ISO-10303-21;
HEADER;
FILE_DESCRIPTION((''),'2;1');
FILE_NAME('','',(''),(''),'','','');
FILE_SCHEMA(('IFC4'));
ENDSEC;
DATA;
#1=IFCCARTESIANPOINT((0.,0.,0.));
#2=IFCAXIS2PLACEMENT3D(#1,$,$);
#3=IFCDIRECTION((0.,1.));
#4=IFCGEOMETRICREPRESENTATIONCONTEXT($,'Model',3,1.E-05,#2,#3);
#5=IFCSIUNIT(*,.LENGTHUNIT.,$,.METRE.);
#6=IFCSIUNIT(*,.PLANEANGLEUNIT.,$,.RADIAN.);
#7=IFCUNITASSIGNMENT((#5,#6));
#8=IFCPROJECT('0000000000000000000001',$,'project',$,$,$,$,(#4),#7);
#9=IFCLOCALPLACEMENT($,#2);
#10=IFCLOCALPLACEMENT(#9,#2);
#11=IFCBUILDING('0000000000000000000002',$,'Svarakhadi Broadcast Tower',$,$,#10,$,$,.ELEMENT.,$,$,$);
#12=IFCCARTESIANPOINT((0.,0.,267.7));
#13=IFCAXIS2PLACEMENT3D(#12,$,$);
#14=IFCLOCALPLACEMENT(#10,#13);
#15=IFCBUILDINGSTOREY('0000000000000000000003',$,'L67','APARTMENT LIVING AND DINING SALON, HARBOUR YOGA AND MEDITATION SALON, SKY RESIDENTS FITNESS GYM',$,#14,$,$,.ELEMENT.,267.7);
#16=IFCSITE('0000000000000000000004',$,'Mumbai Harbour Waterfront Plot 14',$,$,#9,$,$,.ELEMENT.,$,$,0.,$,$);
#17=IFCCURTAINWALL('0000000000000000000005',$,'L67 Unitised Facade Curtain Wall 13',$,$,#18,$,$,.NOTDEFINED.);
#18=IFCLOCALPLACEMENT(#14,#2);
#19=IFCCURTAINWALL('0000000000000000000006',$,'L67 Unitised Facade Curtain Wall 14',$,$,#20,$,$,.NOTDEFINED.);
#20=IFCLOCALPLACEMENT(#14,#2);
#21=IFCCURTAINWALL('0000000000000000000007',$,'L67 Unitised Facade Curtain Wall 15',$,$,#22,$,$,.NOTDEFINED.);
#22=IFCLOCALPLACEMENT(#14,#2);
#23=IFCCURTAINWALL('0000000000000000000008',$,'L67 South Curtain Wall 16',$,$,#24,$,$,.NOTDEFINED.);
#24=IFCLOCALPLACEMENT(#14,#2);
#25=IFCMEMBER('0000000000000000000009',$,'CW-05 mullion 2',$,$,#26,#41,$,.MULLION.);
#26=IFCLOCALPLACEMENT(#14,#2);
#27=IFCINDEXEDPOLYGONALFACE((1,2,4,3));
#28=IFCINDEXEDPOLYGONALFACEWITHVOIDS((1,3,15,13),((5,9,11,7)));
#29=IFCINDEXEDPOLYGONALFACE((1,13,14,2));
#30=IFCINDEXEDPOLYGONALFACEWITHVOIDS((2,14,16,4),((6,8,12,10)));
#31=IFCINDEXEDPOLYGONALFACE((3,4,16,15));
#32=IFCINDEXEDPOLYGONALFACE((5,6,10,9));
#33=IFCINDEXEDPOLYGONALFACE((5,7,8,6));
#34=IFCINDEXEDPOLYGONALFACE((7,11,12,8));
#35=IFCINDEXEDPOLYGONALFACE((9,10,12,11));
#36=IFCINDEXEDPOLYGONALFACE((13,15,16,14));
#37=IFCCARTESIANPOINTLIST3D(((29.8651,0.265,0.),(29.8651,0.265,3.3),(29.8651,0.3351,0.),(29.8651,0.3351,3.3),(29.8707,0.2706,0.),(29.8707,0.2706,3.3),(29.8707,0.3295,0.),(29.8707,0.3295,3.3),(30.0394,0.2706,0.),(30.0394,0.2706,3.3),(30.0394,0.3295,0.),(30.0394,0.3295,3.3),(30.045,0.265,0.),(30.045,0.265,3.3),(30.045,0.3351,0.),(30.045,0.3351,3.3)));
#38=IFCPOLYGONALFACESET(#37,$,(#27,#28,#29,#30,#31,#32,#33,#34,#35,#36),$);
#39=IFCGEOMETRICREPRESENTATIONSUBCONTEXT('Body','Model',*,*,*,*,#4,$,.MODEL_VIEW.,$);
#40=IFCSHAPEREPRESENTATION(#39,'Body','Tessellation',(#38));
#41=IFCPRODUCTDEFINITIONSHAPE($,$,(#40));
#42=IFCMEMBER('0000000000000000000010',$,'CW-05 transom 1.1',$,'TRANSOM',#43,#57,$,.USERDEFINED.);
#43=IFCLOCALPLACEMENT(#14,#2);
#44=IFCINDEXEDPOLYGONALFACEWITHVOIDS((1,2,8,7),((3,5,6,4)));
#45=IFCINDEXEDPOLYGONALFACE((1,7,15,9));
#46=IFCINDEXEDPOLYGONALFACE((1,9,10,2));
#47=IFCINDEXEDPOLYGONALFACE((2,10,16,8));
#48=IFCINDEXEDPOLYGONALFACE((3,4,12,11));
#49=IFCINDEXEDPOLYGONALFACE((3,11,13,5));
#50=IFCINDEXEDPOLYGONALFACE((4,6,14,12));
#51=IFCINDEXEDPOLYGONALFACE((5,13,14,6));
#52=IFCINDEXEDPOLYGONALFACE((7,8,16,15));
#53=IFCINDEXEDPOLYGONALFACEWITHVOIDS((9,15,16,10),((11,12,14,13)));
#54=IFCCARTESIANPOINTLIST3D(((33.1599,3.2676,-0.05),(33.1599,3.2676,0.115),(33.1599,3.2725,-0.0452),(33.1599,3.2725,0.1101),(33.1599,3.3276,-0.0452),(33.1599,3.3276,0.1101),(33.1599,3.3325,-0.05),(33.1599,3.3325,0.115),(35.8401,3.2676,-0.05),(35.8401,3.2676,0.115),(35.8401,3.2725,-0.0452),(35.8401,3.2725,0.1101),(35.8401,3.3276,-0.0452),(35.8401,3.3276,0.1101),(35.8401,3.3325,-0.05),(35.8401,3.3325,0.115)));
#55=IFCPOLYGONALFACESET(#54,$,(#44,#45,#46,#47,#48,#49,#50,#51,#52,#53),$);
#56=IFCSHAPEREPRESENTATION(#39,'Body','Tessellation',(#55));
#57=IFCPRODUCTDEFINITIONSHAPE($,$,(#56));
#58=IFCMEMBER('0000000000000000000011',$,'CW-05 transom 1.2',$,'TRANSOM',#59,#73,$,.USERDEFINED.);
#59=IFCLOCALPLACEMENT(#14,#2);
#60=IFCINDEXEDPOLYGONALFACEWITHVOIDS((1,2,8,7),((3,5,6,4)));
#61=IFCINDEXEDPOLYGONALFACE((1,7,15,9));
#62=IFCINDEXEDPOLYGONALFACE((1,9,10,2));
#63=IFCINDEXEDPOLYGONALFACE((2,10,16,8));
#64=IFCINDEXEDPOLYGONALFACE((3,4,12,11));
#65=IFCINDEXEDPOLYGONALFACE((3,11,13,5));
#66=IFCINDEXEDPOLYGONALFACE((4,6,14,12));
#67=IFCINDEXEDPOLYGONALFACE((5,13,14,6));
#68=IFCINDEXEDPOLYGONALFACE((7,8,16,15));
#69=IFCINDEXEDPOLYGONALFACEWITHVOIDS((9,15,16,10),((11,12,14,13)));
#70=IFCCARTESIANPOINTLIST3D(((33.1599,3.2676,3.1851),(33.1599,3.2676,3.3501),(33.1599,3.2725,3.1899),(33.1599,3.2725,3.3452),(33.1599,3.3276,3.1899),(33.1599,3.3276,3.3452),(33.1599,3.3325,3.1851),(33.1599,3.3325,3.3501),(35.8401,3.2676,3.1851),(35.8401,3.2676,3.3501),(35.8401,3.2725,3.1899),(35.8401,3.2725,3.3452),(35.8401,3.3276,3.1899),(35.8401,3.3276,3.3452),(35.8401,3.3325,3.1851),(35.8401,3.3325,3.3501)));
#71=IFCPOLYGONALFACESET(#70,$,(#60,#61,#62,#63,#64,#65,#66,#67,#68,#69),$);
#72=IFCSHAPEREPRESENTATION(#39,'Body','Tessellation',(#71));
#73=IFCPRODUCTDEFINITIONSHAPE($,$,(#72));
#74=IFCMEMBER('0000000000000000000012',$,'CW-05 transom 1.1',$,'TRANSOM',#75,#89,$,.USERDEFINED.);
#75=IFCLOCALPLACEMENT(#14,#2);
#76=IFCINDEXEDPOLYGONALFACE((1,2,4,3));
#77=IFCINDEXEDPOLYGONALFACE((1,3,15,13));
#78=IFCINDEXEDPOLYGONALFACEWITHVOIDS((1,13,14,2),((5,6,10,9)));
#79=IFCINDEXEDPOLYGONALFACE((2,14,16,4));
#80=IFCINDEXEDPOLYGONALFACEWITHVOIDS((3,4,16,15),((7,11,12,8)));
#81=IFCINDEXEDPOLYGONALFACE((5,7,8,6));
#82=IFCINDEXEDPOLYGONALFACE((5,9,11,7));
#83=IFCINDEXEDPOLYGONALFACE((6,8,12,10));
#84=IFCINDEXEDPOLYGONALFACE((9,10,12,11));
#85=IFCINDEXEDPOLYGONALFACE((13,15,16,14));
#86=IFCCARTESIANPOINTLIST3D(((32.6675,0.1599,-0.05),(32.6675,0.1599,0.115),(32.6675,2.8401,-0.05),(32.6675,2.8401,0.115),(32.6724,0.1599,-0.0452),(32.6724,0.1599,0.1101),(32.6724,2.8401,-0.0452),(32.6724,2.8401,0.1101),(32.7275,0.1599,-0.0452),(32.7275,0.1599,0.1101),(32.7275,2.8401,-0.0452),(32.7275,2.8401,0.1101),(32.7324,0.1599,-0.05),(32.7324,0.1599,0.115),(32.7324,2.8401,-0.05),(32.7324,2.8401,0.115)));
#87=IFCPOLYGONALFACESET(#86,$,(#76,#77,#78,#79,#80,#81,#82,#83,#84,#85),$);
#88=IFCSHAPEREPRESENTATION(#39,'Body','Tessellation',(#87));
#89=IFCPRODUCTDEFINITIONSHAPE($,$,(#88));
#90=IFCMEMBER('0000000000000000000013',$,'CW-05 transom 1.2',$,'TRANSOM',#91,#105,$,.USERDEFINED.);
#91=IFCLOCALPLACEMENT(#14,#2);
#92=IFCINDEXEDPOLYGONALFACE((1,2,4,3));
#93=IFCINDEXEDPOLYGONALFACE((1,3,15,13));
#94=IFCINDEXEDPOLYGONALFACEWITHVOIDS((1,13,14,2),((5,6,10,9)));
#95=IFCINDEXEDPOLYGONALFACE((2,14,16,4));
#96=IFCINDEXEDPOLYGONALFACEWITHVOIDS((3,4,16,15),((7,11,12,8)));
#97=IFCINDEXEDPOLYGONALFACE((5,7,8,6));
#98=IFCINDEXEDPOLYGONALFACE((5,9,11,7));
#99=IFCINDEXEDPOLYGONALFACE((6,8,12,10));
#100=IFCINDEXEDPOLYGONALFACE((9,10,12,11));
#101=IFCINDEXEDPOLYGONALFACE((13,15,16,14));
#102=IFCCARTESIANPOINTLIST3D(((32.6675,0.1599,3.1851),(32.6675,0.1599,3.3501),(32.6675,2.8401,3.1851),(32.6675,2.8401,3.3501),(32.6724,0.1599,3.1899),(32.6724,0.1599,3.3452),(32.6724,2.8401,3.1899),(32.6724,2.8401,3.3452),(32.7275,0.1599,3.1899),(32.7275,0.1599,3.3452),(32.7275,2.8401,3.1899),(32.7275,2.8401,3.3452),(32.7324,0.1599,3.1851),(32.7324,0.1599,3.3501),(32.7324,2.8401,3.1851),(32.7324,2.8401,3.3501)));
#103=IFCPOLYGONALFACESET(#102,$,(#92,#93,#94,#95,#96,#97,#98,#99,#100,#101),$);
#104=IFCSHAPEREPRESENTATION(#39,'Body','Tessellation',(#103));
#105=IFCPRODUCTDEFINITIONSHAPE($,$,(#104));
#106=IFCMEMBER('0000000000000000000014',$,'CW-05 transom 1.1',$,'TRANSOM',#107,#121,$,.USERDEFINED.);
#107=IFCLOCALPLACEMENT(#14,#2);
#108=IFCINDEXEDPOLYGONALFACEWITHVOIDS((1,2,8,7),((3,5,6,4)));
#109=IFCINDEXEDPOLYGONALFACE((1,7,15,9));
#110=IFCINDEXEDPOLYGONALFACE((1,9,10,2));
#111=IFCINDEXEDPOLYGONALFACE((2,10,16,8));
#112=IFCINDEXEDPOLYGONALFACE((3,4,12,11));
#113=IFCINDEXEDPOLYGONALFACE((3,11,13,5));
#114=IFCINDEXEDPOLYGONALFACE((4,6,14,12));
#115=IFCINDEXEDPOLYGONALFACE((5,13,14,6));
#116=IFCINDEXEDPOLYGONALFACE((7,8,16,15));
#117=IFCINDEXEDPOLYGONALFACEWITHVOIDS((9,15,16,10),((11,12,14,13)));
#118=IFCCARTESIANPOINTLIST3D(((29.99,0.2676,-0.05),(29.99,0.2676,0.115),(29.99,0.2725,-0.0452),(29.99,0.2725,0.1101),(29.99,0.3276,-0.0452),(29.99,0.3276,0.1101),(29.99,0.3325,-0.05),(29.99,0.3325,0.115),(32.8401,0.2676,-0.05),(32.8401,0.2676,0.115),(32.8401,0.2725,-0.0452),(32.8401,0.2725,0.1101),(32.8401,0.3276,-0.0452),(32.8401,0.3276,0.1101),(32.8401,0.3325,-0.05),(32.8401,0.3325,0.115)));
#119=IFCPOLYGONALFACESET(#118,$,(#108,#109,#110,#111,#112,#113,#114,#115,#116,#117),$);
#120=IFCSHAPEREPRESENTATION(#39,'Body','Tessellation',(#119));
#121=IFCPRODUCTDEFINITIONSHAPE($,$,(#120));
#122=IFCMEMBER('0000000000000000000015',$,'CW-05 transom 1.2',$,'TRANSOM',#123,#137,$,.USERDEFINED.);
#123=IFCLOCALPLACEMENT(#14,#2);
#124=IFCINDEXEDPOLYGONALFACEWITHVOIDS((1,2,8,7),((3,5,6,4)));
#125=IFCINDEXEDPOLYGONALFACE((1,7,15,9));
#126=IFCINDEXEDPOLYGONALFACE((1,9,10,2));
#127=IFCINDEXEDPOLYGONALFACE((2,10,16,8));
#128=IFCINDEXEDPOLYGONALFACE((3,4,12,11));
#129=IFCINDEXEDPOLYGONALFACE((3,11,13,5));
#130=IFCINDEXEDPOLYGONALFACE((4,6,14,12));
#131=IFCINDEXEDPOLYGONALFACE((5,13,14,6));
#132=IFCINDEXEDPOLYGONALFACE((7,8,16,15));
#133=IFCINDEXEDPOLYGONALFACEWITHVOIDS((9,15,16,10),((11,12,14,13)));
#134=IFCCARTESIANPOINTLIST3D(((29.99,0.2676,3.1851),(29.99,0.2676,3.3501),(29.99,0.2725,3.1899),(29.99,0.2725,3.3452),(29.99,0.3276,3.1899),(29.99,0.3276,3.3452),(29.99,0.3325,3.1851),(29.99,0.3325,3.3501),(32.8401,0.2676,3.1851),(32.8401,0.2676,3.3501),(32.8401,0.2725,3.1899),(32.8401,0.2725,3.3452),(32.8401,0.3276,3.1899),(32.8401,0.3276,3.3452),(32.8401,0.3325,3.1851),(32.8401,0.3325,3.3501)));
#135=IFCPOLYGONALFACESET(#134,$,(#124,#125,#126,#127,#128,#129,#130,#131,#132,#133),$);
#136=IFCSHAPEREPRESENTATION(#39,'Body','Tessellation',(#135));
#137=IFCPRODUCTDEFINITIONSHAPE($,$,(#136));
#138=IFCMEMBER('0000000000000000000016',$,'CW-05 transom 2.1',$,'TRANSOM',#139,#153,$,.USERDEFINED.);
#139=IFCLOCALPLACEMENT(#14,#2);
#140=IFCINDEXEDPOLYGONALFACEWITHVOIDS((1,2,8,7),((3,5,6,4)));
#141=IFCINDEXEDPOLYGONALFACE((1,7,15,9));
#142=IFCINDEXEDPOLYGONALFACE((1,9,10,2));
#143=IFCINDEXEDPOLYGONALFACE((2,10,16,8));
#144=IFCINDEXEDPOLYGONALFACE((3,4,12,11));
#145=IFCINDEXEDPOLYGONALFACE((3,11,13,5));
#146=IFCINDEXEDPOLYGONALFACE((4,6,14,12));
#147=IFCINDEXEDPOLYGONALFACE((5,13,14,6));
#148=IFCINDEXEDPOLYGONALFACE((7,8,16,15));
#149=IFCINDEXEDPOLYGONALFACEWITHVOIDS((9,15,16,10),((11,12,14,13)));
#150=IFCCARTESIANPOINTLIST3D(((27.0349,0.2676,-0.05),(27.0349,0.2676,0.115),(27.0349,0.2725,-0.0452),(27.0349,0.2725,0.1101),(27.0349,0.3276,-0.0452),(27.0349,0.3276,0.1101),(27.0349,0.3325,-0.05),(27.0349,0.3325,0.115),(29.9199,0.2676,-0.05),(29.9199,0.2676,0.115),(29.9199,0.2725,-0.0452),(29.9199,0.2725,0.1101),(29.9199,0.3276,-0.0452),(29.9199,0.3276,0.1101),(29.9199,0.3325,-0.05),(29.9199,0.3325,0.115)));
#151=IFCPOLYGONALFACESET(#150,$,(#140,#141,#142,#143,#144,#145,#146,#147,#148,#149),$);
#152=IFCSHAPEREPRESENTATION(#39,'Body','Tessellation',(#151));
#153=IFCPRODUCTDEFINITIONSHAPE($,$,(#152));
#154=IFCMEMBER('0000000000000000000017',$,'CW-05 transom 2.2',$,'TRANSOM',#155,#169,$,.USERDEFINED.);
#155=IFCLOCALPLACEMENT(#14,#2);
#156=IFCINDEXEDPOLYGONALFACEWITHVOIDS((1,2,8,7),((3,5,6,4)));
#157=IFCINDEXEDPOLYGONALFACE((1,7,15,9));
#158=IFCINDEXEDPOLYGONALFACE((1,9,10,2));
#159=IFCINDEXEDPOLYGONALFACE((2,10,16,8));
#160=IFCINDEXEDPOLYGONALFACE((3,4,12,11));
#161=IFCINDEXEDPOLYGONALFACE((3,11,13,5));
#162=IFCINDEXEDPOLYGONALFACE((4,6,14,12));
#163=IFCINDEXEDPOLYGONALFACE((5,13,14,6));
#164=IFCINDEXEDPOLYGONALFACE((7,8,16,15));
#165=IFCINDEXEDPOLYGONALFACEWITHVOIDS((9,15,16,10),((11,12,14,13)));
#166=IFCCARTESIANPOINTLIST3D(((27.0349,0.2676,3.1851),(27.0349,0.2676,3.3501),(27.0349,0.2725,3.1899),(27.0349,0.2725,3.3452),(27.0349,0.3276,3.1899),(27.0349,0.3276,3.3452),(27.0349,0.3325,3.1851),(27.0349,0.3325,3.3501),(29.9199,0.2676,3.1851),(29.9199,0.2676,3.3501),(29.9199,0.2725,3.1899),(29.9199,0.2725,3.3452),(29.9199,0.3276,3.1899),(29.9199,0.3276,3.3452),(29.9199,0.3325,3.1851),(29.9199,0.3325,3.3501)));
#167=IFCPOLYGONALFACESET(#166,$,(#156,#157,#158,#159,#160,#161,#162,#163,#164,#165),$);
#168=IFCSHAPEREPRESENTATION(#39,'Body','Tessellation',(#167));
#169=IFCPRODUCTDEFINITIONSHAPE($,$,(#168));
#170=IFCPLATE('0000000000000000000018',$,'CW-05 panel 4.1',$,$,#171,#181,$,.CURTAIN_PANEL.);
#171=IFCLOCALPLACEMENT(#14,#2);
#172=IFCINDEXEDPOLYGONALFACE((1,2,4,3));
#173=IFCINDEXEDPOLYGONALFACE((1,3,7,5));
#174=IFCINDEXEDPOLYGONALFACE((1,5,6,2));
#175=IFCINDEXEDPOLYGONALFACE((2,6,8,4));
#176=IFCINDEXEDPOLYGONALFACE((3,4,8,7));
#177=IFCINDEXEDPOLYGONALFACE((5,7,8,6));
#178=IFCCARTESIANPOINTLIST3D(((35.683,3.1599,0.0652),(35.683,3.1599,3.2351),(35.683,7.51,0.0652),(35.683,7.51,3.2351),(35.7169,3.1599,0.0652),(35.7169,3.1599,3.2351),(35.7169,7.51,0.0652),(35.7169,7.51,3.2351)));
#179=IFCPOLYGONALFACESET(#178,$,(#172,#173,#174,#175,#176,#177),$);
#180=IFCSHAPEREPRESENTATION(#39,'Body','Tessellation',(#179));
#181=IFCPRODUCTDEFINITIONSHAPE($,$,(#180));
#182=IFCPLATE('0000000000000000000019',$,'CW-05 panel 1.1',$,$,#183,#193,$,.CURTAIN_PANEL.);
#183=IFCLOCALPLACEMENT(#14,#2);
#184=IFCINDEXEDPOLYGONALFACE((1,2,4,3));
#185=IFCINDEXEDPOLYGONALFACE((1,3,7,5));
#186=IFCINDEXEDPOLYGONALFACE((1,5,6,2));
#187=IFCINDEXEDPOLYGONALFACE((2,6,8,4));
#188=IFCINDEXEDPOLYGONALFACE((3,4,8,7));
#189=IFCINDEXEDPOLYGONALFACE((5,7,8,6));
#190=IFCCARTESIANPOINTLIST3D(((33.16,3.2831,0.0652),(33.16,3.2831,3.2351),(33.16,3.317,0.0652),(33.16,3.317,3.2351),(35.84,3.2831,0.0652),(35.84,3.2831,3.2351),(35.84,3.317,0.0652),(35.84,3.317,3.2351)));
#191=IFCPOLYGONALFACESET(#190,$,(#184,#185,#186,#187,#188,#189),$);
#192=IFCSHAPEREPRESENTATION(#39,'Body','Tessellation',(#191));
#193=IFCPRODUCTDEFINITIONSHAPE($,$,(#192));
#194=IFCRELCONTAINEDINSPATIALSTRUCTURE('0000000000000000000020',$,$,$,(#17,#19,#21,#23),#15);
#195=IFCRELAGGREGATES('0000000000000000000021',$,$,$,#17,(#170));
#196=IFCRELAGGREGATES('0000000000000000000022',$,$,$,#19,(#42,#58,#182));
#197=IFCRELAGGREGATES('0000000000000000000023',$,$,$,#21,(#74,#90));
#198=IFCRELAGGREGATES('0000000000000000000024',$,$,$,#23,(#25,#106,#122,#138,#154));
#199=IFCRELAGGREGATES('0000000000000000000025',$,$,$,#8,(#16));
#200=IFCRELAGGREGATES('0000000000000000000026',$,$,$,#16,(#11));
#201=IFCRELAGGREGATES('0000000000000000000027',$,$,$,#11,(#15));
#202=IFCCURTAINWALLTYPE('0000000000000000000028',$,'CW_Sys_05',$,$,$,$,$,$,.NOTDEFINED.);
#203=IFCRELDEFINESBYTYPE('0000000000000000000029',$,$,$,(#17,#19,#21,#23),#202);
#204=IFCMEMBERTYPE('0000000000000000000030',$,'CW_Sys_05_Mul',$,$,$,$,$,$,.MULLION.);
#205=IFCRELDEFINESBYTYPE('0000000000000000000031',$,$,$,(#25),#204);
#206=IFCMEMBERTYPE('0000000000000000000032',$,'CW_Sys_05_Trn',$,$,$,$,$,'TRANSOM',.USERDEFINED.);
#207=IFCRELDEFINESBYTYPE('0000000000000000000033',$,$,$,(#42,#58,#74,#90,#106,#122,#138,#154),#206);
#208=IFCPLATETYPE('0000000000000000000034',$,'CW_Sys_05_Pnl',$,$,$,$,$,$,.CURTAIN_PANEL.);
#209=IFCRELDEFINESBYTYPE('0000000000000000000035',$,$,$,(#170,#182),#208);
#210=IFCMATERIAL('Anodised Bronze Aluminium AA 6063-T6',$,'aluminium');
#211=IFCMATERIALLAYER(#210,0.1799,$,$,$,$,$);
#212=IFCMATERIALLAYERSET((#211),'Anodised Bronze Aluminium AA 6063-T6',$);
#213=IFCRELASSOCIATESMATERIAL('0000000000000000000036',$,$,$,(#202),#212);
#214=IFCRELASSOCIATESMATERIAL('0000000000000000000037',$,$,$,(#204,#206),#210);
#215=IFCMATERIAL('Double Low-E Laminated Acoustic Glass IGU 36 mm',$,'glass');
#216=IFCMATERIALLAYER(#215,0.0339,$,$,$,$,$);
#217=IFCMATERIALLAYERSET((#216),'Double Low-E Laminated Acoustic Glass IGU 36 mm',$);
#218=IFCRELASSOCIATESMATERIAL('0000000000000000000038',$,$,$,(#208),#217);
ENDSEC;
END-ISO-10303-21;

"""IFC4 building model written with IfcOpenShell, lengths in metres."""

from ifc_helpers import new_model, si_unit, direction, frame, origin, origin_2d, place, context, subcontext, project, spatial, rectangle, hollow_rectangle, extrude, material, layer, layer_set, material_profile, profile_set, type_object, element, aggregate, save


model = new_model("IFC4")

# Units and contexts
model_context = context("Model", 3, precision=1e-05, world=origin(), true_north=direction((0.0, 1.0)))
body_context = subcontext(model_context, "Body", "Model", "MODEL_VIEW")
ifc_project = project(units=[si_unit("LENGTHUNIT", "METRE"), si_unit("PLANEANGLEUNIT", "RADIAN")], contexts=[model_context])

# Site, building, storey
site_placement = place(None, origin())
site = spatial("IfcSite", under=ifc_project, at=site_placement, Name="Mumbai Harbour Waterfront Plot 14", CompositionType="ELEMENT", RefElevation=0.0)
building_placement = place(site_placement, origin())
building = spatial("IfcBuilding", under=site, at=building_placement, Name="Svarakhadi Broadcast Tower", CompositionType="ELEMENT")
storey_placement = place(building_placement, frame((0.0, 0.0, 267.7)))
storey = spatial("IfcBuildingStorey", under=building, at=storey_placement, Name="L67", Description="APARTMENT LIVING AND DINING SALON, HARBOUR YOGA AND MEDITATION SALON, SKY RESIDENTS FITNESS GYM", CompositionType="ELEMENT", Elevation=267.7)

# Curtain wall
ifc_material_1 = material(Name="Anodised Bronze Aluminium AA 6063-T6", Category="aluminium")
ifc_layer_1 = layer(ifc_material_1, 0.1799)
ifc_layer_set_1 = layer_set([ifc_layer_1], Name="Anodised Bronze Aluminium AA 6063-T6")
curtain_wall_type = type_object("IfcCurtainWallType", Name="CW_Sys_05", PredefinedType="NOTDEFINED", material=ifc_layer_set_1)
curtain_wall_1_placement = place(storey_placement, origin())
curtain_wall_1 = element("IfcCurtainWall", 1, at=curtain_wall_1_placement, inside=storey, type_object=curtain_wall_type, Name="L67 Unitised Facade Curtain Wall 13", PredefinedType="NOTDEFINED")
ifc_material_profile_1 = material_profile(ifc_material_1, hollow_rectangle(XDim=0.0701, YDim=0.1799, WallThickness=0.0056, at=origin_2d()), Name="ALU MULLION 180x70x6")
ifc_profile_set_1 = profile_set([ifc_material_profile_1], Name="Anodised Bronze Aluminium AA 6063-T6")
member_type_1 = type_object("IfcMemberType", Name="CW_Sys_05_Mul", PredefinedType="MULLION", material=ifc_profile_set_1)

# Curtain walls, member
curtain_wall_2_placement = place(storey_placement, origin())
curtain_wall_2 = element("IfcCurtainWall", 2, at=curtain_wall_2_placement, inside=storey, type_object=curtain_wall_type, Name="L67 Unitised Facade Curtain Wall 14", PredefinedType="NOTDEFINED")
curtain_wall_3_placement = place(storey_placement, origin())
curtain_wall_3 = element("IfcCurtainWall", 3, at=curtain_wall_3_placement, inside=storey, type_object=curtain_wall_type, Name="L67 Unitised Facade Curtain Wall 15", PredefinedType="NOTDEFINED")
curtain_wall_4_placement = place(storey_placement, origin())
curtain_wall_4 = element("IfcCurtainWall", 4, at=curtain_wall_4_placement, inside=storey, type_object=curtain_wall_type, Name="L67 South Curtain Wall 16", PredefinedType="NOTDEFINED")
member_1_placement = place(storey_placement, frame((29.9551, 0.3, 0.0), z_axis=(0.0, 0.0, 1.0), x_axis=(0.0, -1.0, 0.0)))
member_1 = element("IfcMember", 5, at=member_1_placement, type_object=member_type_1, Name="CW-05 mullion 2", PredefinedType="MULLION", context=body_context, shape_type="SweptSolid", body=[
    extrude(hollow_rectangle(XDim=0.0701, YDim=0.1799, WallThickness=0.0056, at=origin_2d()), origin(), (0.0, 0.0, 1.0), 3.3),
])

# Members
ifc_material_profile_2 = material_profile(ifc_material_1, hollow_rectangle(XDim=0.0649, YDim=0.165, WallThickness=0.0049, at=origin_2d()), Name="ALU TRANSOM 165x65x5")
ifc_profile_set_2 = profile_set([ifc_material_profile_2], Name="Anodised Bronze Aluminium AA 6063-T6")
member_type_2 = type_object("IfcMemberType", Name="CW_Sys_05_Trn", ElementType="TRANSOM", PredefinedType="USERDEFINED", material=ifc_profile_set_2)
member_2_placement = place(storey_placement, frame((35.8401, 3.3, 0.0325), z_axis=(-1.0, 0.0, 0.0), x_axis=(0.0, -1.0, 0.0)))
member_2 = element("IfcMember", 6, at=member_2_placement, type_object=member_type_2, Name="CW-05 transom 1.1", ObjectType="TRANSOM", PredefinedType="USERDEFINED", context=body_context, shape_type="SweptSolid", body=[
    extrude(hollow_rectangle(XDim=0.0649, YDim=0.165, WallThickness=0.0049, at=origin_2d()), origin(), (0.0, 0.0, 1.0), 2.6802),
])
member_3_placement = place(storey_placement, frame((35.8401, 3.3, 3.2676), z_axis=(-1.0, 0.0, 0.0), x_axis=(0.0, -1.0, 0.0)))
member_3 = element("IfcMember", 7, at=member_3_placement, type_object=member_type_2, Name="CW-05 transom 1.2", ObjectType="TRANSOM", PredefinedType="USERDEFINED", context=body_context, shape_type="SweptSolid", body=[
    extrude(hollow_rectangle(XDim=0.0649, YDim=0.165, WallThickness=0.0049, at=origin_2d()), origin(), (0.0, 0.0, 1.0), 2.6802),
])
member_4_placement = place(storey_placement, frame((32.7, 2.8401, 0.0325), z_axis=(0.0, -1.0, 0.0), x_axis=(1.0, 0.0, 0.0)))
member_4 = element("IfcMember", 8, at=member_4_placement, type_object=member_type_2, Name="CW-05 transom 1.1", ObjectType="TRANSOM", PredefinedType="USERDEFINED", context=body_context, shape_type="SweptSolid", body=[
    extrude(hollow_rectangle(XDim=0.0649, YDim=0.165, WallThickness=0.0049, at=origin_2d()), origin(), (0.0, 0.0, 1.0), 2.6802),
])
member_5_placement = place(storey_placement, frame((32.7, 2.8401, 3.2676), z_axis=(0.0, -1.0, 0.0), x_axis=(1.0, 0.0, 0.0)))
member_5 = element("IfcMember", 9, at=member_5_placement, type_object=member_type_2, Name="CW-05 transom 1.2", ObjectType="TRANSOM", PredefinedType="USERDEFINED", context=body_context, shape_type="SweptSolid", body=[
    extrude(hollow_rectangle(XDim=0.0649, YDim=0.165, WallThickness=0.0049, at=origin_2d()), origin(), (0.0, 0.0, 1.0), 2.6802),
])
member_6_placement = place(storey_placement, frame((32.8401, 0.3, 0.0325), z_axis=(-1.0, 0.0, 0.0), x_axis=(0.0, -1.0, 0.0)))
member_6 = element("IfcMember", 10, at=member_6_placement, type_object=member_type_2, Name="CW-05 transom 1.1", ObjectType="TRANSOM", PredefinedType="USERDEFINED", context=body_context, shape_type="SweptSolid", body=[
    extrude(hollow_rectangle(XDim=0.0649, YDim=0.165, WallThickness=0.0049, at=origin_2d()), origin(), (0.0, 0.0, 1.0), 2.8501),
])
member_7_placement = place(storey_placement, frame((32.8401, 0.3, 3.2676), z_axis=(-1.0, 0.0, 0.0), x_axis=(0.0, -1.0, 0.0)))
member_7 = element("IfcMember", 11, at=member_7_placement, type_object=member_type_2, Name="CW-05 transom 1.2", ObjectType="TRANSOM", PredefinedType="USERDEFINED", context=body_context, shape_type="SweptSolid", body=[
    extrude(hollow_rectangle(XDim=0.0649, YDim=0.165, WallThickness=0.0049, at=origin_2d()), origin(), (0.0, 0.0, 1.0), 2.8501),
])
member_8_placement = place(storey_placement, frame((29.9199, 0.3, 0.0325), z_axis=(-1.0, 0.0, 0.0), x_axis=(0.0, -1.0, 0.0)))
member_8 = element("IfcMember", 12, at=member_8_placement, type_object=member_type_2, Name="CW-05 transom 2.1", ObjectType="TRANSOM", PredefinedType="USERDEFINED", context=body_context, shape_type="SweptSolid", body=[
    extrude(hollow_rectangle(XDim=0.0649, YDim=0.165, WallThickness=0.0049, at=origin_2d()), origin(), (0.0, 0.0, 1.0), 2.885),
])
member_9_placement = place(storey_placement, frame((29.9199, 0.3, 3.2676), z_axis=(-1.0, 0.0, 0.0), x_axis=(0.0, -1.0, 0.0)))
member_9 = element("IfcMember", 13, at=member_9_placement, type_object=member_type_2, Name="CW-05 transom 2.2", ObjectType="TRANSOM", PredefinedType="USERDEFINED", context=body_context, shape_type="SweptSolid", body=[
    extrude(hollow_rectangle(XDim=0.0649, YDim=0.165, WallThickness=0.0049, at=origin_2d()), origin(), (0.0, 0.0, 1.0), 2.885),
])

# Plates
ifc_material_2 = material(Name="Double Low-E Laminated Acoustic Glass IGU 36 mm", Category="glass")
ifc_layer_2 = layer(ifc_material_2, 0.0339)
ifc_layer_set_2 = layer_set([ifc_layer_2], Name="Double Low-E Laminated Acoustic Glass IGU 36 mm")
plate_type = type_object("IfcPlateType", Name="CW_Sys_05_Pnl", PredefinedType="CURTAIN_PANEL", material=ifc_layer_set_2)
plate_1_placement = place(storey_placement, frame((35.7, 5.335, 0.0652), z_axis=(0.0, 0.0, 1.0), x_axis=(0.0, -1.0, 0.0)))
plate_1 = element("IfcPlate", 14, at=plate_1_placement, type_object=plate_type, Name="CW-05 panel 4.1", PredefinedType="CURTAIN_PANEL", context=body_context, shape_type="SweptSolid", body=[
    extrude(rectangle(XDim=4.3501, YDim=0.0339, at=origin_2d()), origin(), (0.0, 0.0, 1.0), 3.1699),
])
aggregate(curtain_wall_1, [plate_1])
plate_2_placement = place(storey_placement, frame((34.5, 3.3, 0.0652), z_axis=(0.0, 0.0, 1.0), x_axis=(-1.0, 0.0, 0.0)))
plate_2 = element("IfcPlate", 15, at=plate_2_placement, type_object=plate_type, Name="CW-05 panel 1.1", PredefinedType="CURTAIN_PANEL", context=body_context, shape_type="SweptSolid", body=[
    extrude(rectangle(XDim=2.6799, YDim=0.0339, at=origin_2d()), origin(), (0.0, 0.0, 1.0), 3.1699),
])
aggregate(curtain_wall_2, [member_2, member_3, plate_2])
aggregate(curtain_wall_3, [member_4, member_5])
aggregate(curtain_wall_4, [member_1, member_6, member_7, member_8, member_9])

save(model, "model.ifc")
